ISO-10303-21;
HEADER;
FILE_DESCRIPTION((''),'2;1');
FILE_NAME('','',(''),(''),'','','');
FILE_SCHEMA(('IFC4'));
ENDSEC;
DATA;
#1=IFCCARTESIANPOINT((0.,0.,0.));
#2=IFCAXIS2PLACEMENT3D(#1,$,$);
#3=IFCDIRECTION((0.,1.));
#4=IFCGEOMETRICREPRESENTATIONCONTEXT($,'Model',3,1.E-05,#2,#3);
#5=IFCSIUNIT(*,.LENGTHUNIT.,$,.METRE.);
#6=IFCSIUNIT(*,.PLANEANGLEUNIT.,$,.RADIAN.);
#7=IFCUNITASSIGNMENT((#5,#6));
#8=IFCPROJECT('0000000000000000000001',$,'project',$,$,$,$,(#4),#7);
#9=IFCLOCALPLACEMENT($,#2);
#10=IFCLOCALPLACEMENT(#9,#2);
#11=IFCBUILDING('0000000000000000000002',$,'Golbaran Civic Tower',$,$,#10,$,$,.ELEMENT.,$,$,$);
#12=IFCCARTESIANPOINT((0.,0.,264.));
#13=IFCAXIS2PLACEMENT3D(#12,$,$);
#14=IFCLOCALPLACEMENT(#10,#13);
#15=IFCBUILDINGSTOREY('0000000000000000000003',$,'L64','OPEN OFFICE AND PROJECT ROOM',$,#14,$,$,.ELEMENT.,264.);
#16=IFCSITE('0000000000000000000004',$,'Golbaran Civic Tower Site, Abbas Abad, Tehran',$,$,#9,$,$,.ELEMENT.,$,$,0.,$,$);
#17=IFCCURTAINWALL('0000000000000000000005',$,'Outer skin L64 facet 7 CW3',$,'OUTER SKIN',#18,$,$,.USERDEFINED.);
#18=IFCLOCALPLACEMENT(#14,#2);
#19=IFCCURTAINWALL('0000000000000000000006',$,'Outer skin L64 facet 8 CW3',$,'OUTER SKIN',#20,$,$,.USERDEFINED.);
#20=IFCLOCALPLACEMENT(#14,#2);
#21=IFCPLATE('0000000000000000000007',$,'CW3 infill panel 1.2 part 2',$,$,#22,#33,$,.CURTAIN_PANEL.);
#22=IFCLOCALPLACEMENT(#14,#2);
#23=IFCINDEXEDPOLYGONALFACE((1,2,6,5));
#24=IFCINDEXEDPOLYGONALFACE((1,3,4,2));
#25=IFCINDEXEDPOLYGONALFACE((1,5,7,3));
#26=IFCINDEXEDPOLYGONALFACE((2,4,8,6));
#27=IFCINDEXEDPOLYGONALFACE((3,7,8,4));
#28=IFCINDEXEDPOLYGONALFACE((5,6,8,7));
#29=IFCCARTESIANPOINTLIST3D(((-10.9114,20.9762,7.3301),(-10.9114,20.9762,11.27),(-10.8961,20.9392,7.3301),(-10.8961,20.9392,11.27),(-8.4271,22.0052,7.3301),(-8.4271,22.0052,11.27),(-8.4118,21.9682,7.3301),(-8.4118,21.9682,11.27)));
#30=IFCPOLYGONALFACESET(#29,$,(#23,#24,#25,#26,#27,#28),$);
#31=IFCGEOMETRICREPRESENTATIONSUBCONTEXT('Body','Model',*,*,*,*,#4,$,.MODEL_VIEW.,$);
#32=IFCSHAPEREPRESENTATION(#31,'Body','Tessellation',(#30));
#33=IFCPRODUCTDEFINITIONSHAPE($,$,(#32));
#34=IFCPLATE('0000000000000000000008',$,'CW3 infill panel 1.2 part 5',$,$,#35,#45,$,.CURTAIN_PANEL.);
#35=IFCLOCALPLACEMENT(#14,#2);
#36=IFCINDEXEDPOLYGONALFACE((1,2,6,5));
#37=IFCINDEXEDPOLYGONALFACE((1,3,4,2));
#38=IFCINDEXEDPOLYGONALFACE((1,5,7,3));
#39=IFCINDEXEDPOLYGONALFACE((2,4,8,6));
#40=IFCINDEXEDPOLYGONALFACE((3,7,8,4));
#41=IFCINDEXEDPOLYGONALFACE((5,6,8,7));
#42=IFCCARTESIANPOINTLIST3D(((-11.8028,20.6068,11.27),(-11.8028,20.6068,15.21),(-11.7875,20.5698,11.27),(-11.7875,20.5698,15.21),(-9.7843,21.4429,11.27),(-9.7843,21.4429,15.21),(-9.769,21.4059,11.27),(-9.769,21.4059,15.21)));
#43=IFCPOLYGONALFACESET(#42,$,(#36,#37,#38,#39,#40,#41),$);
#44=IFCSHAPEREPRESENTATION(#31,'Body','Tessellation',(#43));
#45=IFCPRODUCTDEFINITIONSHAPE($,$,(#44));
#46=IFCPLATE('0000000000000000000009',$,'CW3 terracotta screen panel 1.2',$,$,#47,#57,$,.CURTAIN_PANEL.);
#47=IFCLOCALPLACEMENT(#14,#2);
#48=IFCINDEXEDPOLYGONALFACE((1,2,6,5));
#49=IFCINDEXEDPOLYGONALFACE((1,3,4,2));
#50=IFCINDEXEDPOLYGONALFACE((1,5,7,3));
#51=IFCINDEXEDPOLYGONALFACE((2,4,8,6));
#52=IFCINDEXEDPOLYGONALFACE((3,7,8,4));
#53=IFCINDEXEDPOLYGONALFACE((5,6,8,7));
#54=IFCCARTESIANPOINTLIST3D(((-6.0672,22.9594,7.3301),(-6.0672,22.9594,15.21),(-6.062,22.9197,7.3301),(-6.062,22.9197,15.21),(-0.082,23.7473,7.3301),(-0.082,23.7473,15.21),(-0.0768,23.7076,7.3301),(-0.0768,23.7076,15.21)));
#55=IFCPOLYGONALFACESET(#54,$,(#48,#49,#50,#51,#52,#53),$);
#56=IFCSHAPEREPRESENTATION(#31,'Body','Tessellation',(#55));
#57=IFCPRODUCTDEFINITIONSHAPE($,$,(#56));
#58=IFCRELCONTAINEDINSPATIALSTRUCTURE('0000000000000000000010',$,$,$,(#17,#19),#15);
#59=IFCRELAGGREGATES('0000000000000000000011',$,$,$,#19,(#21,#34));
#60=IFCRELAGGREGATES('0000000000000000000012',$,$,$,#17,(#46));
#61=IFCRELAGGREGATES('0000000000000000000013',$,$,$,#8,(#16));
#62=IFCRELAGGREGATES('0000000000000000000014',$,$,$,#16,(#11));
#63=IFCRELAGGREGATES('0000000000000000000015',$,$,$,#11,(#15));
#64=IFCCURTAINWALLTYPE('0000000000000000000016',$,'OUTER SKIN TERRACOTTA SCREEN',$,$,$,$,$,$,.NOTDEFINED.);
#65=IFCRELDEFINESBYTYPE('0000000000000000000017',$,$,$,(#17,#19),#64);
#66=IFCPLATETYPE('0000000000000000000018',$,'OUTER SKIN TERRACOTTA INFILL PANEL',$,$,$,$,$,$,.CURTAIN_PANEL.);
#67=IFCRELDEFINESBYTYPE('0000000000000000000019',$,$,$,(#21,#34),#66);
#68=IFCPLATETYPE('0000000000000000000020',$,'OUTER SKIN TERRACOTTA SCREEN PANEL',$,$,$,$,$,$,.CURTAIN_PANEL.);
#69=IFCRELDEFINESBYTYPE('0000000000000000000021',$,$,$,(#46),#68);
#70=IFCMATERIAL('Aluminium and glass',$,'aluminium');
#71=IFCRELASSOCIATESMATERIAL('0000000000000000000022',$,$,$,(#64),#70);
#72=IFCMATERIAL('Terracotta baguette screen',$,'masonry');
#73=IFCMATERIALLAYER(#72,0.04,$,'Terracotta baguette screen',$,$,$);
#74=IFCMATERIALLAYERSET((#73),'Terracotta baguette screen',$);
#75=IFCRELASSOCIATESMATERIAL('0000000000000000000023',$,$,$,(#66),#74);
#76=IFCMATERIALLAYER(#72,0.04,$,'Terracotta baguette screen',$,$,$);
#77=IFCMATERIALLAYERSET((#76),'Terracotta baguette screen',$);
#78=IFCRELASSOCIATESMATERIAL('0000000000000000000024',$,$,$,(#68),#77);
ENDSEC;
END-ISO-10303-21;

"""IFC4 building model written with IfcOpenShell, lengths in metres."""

from ifc_helpers import new_model, si_unit, direction, frame, origin, origin_2d, place, context, subcontext, project, spatial, rectangle, extrude, material, layer, layer_set, type_object, element, aggregate, save


model = new_model("IFC4")

# Units and contexts
model_context = context("Model", 3, precision=1e-05, world=origin(), true_north=direction((0.0, 1.0)))
body_context = subcontext(model_context, "Body", "Model", "MODEL_VIEW")
ifc_project = project(units=[si_unit("LENGTHUNIT", "METRE"), si_unit("PLANEANGLEUNIT", "RADIAN")], contexts=[model_context])

# Site, building, storey
site_placement = place(None, origin())
site = spatial("IfcSite", under=ifc_project, at=site_placement, Name="Golbaran Civic Tower Site, Abbas Abad, Tehran", CompositionType="ELEMENT", RefElevation=0.0)
building_placement = place(site_placement, origin())
building = spatial("IfcBuilding", under=site, at=building_placement, Name="Golbaran Civic Tower", CompositionType="ELEMENT")
storey_placement = place(building_placement, frame((0.0, 0.0, 264.0)))
storey = spatial("IfcBuildingStorey", under=building, at=storey_placement, Name="L64", Description="OPEN OFFICE AND PROJECT ROOM", CompositionType="ELEMENT", Elevation=264.0)

# Curtain walls
ifc_material_1 = material(Name="Aluminium and glass", Category="aluminium")
curtain_wall_type_1 = type_object("IfcCurtainWallType", Name="OUTER SKIN TERRACOTTA SCREEN", PredefinedType="NOTDEFINED", material=ifc_material_1)
curtain_wall_1_placement = place(storey_placement, origin())
curtain_wall_1 = element("IfcCurtainWall", 1, at=curtain_wall_1_placement, inside=storey, type_object=curtain_wall_type_1, Name="Outer skin L64 facet 7 CW3", ObjectType="OUTER SKIN", PredefinedType="USERDEFINED")
curtain_wall_2_placement = place(storey_placement, origin())
curtain_wall_2 = element("IfcCurtainWall", 2, at=curtain_wall_2_placement, inside=storey, type_object=curtain_wall_type_1, Name="Outer skin L64 facet 8 CW3", ObjectType="OUTER SKIN", PredefinedType="USERDEFINED")

# Plates
ifc_material_2 = material(Name="Terracotta baguette screen", Category="masonry")
ifc_layer_1 = layer(ifc_material_2, 0.04, Name="Terracotta baguette screen")
ifc_layer_set_1 = layer_set([ifc_layer_1], Name="Terracotta baguette screen")
plate_type_1 = type_object("IfcPlateType", Name="OUTER SKIN TERRACOTTA INFILL PANEL", PredefinedType="CURTAIN_PANEL", material=ifc_layer_set_1)
plate_1_placement = place(storey_placement, frame((-9.6616, 21.4722, 7.3301), z_axis=(0.0, 0.0, 1.0), x_axis=(-0.92388, -0.382683, 0.0)))
plate_1 = element("IfcPlate", 3, at=plate_1_placement, type_object=plate_type_1, Name="CW3 infill panel 1.2 part 2", PredefinedType="CURTAIN_PANEL", context=body_context, shape_type="SweptSolid", body=[
    extrude(rectangle(XDim=2.689, YDim=0.04, at=origin_2d()), origin(), (0.0, 0.0, 1.0), 3.9399),
])
plate_2_placement = place(storey_placement, frame((-10.7859, 21.0063, 11.27), z_axis=(0.0, 0.0, 1.0), x_axis=(-0.92388, -0.382683, 0.0)))
plate_2 = element("IfcPlate", 4, at=plate_2_placement, type_object=plate_type_1, Name="CW3 infill panel 1.2 part 5", PredefinedType="CURTAIN_PANEL", context=body_context, shape_type="SweptSolid", body=[
    extrude(rectangle(XDim=2.1848, YDim=0.04, at=origin_2d()), origin(), (0.0, 0.0, 1.0), 3.9399),
])
aggregate(curtain_wall_2, [plate_1, plate_2])
ifc_layer_2 = layer(ifc_material_2, 0.04, Name="Terracotta baguette screen")
ifc_layer_set_2 = layer_set([ifc_layer_2], Name="Terracotta baguette screen")
plate_type_2 = type_object("IfcPlateType", Name="OUTER SKIN TERRACOTTA SCREEN PANEL", PredefinedType="CURTAIN_PANEL", material=ifc_layer_set_2)
plate_3_placement = place(storey_placement, frame((-3.072, 23.3335, 7.3301), z_axis=(0.0, 0.0, 1.0), x_axis=(-0.991445, -0.130526, 0.0)))
plate_3 = element("IfcPlate", 5, at=plate_3_placement, type_object=plate_type_2, Name="CW3 terracotta screen panel 1.2", PredefinedType="CURTAIN_PANEL", context=body_context, shape_type="SweptSolid", body=[
    extrude(rectangle(XDim=6.0369, YDim=0.04, at=origin_2d()), origin(), (0.0, 0.0, 1.0), 7.8799),
])
aggregate(curtain_wall_1, [plate_3])

save(model, "model.ifc")
